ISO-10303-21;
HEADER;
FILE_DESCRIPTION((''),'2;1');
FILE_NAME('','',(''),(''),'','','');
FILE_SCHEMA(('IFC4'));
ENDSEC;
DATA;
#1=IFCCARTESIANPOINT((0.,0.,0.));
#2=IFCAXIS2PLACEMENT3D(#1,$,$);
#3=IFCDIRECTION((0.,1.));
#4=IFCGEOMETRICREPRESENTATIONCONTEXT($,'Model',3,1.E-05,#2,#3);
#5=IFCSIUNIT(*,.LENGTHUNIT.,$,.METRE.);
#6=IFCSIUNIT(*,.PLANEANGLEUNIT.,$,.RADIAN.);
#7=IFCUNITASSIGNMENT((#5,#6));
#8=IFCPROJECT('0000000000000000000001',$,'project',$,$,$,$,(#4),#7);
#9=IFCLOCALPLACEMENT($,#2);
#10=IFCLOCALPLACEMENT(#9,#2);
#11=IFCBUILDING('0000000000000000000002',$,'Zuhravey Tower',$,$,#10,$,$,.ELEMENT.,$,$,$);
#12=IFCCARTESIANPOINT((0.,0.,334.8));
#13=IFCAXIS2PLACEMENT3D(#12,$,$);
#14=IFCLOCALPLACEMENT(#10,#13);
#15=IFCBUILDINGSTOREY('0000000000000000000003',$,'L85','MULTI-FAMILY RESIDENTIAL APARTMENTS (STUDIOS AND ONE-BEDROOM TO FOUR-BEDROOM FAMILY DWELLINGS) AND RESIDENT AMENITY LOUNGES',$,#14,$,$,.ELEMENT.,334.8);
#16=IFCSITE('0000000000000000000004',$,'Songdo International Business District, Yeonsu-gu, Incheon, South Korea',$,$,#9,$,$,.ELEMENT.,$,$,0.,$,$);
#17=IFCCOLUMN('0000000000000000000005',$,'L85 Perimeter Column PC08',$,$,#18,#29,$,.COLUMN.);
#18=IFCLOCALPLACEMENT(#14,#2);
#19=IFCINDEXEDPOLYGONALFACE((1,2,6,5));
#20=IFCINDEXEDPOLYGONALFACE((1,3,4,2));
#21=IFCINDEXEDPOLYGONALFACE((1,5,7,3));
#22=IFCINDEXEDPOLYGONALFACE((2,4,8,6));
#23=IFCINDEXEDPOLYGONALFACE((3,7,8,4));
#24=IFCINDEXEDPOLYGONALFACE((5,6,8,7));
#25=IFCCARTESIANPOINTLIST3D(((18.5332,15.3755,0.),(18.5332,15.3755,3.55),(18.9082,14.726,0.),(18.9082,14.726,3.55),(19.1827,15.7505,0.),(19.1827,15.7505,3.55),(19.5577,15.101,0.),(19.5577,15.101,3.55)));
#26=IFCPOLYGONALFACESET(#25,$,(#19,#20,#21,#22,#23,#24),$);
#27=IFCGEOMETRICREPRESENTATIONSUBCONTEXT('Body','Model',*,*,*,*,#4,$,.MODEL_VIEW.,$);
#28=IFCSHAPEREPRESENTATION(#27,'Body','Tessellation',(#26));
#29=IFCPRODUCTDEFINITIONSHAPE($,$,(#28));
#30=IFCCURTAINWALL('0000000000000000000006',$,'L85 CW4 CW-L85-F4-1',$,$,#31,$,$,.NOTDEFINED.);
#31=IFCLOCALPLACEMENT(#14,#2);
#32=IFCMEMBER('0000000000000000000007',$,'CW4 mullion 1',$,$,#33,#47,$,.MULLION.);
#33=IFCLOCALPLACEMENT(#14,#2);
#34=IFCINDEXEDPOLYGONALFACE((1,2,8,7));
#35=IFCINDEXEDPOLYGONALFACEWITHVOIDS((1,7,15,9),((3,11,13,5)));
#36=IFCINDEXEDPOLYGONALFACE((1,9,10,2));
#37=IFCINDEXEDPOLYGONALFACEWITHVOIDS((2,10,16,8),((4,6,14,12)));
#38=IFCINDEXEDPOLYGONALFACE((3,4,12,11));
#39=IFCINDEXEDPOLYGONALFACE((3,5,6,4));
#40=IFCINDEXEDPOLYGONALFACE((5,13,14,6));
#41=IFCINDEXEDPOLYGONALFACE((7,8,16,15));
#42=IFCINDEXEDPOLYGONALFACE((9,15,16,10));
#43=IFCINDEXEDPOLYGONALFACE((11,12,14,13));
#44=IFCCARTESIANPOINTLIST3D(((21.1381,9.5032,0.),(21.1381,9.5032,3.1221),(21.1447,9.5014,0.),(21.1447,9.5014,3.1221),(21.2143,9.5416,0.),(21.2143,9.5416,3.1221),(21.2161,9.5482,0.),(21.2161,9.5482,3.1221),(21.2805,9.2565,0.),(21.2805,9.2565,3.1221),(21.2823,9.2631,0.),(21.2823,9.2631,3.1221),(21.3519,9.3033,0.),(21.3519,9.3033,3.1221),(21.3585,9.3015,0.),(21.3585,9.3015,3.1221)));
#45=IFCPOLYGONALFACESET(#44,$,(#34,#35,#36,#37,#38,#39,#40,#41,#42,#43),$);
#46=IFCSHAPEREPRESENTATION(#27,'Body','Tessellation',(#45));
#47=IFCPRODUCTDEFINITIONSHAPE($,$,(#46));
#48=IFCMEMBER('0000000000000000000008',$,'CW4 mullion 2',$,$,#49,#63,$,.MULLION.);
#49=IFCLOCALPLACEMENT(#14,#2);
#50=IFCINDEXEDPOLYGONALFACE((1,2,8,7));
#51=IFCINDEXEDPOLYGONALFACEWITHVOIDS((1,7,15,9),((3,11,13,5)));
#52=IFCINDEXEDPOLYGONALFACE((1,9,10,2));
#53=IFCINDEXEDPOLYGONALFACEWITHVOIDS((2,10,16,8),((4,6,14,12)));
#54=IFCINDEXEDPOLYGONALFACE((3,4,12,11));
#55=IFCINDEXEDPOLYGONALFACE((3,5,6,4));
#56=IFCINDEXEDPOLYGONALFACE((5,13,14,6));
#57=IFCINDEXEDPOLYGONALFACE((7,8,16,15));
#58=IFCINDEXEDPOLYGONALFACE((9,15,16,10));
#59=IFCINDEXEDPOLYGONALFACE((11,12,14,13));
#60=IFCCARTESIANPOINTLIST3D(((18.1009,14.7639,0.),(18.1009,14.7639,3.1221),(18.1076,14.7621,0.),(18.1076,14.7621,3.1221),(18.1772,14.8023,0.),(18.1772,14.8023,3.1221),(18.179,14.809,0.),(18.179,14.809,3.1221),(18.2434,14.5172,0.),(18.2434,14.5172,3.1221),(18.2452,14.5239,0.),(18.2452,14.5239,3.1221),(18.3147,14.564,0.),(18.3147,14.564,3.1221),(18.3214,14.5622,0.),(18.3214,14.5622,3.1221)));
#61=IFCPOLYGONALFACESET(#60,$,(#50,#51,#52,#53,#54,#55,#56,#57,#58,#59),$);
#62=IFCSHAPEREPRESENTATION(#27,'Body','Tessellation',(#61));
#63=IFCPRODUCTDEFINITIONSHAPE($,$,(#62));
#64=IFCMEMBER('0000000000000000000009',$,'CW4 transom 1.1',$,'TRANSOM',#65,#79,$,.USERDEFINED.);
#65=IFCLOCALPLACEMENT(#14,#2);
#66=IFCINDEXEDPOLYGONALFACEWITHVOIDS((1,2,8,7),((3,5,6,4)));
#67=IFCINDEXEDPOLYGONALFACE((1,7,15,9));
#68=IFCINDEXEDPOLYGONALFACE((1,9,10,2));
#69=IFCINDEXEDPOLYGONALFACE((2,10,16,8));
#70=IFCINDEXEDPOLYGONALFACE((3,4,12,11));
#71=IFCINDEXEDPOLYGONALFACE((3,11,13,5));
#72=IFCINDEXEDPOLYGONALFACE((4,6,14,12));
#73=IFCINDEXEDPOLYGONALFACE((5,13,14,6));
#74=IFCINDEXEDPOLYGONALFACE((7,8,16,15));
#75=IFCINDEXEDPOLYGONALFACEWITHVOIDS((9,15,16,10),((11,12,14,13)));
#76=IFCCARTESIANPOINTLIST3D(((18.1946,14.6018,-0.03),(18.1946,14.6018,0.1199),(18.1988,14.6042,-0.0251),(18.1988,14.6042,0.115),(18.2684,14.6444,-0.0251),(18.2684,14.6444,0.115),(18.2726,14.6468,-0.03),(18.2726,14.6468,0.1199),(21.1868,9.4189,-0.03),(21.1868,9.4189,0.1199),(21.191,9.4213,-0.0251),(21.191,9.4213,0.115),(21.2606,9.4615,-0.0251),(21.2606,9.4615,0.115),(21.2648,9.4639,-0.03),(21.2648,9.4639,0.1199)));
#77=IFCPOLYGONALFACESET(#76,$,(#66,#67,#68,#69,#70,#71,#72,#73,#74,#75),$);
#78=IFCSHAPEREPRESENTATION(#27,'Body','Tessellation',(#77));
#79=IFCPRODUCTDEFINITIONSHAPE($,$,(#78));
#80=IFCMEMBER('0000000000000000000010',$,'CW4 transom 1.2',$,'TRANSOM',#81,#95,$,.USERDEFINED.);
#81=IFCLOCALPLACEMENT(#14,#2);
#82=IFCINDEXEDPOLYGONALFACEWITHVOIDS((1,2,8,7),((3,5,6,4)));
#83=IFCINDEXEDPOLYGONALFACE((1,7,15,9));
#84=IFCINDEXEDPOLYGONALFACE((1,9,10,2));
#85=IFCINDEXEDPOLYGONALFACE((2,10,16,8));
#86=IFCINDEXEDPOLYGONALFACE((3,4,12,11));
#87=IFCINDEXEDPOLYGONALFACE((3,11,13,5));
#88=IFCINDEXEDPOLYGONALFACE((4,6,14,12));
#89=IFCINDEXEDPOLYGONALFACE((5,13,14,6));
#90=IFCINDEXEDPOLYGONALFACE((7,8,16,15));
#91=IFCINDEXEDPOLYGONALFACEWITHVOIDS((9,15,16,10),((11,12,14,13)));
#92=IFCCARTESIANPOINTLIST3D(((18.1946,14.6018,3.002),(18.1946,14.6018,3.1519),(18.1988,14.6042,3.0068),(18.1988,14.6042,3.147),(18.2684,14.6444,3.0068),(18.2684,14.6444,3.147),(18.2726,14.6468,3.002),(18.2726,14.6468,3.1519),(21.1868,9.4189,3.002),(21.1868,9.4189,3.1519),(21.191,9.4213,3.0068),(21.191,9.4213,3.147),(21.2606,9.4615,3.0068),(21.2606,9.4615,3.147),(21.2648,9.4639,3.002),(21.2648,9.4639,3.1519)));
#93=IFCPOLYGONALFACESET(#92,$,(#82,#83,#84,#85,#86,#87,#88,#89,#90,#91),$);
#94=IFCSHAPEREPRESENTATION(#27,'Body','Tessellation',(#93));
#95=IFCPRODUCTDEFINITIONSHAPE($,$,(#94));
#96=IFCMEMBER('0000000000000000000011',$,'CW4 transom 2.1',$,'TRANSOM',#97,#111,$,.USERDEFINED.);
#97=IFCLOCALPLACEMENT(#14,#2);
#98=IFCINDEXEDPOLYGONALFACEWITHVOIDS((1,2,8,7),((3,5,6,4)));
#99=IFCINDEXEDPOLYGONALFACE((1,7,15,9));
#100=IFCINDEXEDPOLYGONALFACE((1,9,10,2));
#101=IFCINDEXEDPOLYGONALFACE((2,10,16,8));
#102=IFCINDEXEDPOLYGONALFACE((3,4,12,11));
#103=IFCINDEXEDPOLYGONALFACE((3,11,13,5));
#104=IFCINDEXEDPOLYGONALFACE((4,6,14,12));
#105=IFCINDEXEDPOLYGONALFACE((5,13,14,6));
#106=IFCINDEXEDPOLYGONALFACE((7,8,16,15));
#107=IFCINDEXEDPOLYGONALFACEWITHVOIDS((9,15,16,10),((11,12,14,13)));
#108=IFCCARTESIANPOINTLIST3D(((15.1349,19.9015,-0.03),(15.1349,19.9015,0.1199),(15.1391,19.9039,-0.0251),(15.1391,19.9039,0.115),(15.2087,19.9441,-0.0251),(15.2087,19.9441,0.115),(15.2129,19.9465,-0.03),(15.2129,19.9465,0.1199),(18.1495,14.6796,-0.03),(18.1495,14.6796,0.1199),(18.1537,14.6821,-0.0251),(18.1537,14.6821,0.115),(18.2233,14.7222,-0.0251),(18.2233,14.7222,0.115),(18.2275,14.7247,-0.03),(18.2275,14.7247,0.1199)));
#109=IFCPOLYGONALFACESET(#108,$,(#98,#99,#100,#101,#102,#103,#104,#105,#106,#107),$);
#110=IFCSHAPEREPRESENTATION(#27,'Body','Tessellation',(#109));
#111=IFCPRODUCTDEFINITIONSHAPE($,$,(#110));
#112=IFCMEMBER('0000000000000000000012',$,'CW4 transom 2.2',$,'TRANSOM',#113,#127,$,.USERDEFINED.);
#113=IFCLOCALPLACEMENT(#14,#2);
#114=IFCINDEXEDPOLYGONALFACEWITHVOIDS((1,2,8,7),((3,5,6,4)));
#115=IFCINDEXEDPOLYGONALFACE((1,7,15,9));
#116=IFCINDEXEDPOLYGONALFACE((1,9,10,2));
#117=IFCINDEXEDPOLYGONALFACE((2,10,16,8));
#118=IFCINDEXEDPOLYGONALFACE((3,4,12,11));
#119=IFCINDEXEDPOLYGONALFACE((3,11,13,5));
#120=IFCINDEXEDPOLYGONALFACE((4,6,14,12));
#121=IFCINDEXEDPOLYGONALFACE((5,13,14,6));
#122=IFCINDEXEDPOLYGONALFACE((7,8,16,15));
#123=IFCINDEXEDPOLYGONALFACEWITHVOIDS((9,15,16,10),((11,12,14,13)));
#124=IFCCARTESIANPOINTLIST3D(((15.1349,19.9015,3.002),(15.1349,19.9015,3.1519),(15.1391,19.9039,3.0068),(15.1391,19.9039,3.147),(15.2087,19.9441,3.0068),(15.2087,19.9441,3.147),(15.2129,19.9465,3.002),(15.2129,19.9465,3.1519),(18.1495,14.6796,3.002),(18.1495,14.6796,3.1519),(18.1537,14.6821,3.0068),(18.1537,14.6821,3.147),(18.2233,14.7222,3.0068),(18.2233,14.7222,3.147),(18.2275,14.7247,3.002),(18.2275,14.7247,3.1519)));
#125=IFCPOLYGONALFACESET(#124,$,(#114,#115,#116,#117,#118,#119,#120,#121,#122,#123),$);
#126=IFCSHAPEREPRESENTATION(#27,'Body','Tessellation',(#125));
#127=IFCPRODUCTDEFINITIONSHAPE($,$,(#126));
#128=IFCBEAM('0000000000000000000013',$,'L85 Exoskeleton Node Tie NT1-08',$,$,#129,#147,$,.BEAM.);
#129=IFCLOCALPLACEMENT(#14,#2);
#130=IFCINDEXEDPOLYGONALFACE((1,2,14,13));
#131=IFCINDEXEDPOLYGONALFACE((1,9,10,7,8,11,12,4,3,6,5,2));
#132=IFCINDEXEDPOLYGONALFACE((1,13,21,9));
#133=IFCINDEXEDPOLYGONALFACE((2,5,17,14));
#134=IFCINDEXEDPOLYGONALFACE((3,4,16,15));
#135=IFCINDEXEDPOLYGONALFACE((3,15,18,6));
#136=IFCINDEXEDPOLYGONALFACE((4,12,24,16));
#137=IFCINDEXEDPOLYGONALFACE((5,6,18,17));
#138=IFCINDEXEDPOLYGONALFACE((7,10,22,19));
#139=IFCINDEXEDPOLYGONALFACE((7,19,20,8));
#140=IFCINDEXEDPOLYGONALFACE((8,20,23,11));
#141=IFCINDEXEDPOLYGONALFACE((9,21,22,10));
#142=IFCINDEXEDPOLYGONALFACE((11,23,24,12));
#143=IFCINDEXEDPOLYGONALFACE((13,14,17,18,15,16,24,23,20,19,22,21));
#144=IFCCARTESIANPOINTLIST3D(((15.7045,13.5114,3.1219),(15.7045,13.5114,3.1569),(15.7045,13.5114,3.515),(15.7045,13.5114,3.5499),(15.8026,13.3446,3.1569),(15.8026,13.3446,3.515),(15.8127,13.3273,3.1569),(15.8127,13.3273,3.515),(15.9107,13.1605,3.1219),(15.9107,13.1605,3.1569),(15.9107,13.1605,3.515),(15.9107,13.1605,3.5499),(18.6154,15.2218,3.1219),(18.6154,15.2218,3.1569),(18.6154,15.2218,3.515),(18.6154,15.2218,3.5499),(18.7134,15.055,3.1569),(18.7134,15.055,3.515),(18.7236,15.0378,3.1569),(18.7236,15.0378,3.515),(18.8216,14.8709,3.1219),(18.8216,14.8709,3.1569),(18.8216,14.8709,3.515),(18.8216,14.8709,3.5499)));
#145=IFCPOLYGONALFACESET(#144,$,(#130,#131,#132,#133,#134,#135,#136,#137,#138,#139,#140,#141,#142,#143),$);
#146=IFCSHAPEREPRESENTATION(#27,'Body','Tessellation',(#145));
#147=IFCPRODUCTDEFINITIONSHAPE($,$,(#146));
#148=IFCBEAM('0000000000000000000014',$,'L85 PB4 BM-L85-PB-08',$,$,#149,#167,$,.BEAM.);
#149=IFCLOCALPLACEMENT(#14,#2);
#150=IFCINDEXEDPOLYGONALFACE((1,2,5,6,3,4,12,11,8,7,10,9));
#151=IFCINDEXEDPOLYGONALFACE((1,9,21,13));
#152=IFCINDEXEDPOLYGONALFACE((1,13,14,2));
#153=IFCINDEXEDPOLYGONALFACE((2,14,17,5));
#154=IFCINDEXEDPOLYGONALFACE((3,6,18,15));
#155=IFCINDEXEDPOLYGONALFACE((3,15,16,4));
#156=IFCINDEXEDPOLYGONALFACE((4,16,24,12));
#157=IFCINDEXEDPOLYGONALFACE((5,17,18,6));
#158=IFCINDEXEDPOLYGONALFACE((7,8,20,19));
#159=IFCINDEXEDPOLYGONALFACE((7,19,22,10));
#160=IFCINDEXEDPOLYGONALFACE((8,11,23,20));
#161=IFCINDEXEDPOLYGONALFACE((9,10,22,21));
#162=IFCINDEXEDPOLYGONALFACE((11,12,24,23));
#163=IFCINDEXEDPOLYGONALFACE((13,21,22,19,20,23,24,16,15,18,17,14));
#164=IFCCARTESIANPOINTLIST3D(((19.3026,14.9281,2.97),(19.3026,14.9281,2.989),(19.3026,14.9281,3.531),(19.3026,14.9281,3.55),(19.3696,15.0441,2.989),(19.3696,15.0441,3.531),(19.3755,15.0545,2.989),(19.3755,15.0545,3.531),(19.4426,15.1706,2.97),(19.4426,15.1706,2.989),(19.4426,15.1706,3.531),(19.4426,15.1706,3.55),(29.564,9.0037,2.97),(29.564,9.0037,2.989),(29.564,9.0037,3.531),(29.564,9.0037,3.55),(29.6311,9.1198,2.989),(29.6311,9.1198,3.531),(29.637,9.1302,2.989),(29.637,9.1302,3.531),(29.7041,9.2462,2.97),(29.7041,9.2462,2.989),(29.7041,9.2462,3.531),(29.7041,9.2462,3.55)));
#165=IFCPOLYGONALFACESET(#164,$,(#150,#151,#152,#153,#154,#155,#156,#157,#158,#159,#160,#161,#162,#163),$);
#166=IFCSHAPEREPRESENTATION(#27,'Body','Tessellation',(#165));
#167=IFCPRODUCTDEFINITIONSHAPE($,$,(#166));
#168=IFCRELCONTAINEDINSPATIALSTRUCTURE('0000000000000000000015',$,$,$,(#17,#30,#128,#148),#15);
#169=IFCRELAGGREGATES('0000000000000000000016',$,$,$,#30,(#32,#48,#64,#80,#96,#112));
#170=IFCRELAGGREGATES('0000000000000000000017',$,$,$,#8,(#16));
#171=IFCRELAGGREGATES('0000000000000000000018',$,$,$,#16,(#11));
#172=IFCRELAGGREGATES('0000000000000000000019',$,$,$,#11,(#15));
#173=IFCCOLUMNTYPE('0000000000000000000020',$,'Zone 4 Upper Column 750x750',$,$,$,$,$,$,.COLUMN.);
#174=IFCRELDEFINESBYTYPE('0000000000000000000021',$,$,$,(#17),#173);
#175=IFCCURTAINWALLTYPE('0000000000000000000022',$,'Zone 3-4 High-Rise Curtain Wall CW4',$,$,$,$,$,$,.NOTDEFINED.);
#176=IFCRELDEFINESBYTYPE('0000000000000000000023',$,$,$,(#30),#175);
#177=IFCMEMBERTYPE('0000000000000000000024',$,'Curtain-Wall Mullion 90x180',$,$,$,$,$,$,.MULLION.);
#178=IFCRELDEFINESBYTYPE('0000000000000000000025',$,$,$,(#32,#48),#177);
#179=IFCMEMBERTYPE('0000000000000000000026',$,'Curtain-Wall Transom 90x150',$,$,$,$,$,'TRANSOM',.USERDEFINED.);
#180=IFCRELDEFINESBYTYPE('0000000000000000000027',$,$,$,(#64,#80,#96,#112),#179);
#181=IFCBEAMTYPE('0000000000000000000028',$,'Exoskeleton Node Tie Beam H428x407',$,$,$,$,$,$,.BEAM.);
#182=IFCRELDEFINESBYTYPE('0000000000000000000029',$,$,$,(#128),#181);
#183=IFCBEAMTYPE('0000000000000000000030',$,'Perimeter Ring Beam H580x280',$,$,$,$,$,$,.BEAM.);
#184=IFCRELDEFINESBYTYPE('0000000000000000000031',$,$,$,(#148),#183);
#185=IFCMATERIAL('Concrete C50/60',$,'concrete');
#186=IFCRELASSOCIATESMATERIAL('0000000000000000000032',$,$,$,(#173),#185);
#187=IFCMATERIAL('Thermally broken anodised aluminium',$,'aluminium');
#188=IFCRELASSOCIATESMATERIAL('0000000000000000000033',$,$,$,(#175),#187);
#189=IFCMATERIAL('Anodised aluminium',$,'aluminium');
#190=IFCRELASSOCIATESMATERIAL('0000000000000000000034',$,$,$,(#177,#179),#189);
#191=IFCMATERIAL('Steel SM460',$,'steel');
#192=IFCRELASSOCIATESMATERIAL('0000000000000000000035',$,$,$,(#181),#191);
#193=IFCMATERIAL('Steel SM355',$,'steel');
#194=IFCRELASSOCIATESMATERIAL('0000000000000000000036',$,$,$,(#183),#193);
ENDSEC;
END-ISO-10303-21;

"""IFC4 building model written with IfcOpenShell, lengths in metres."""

from ifc_helpers import new_model, si_unit, direction, frame, origin, origin_2d, place, context, subcontext, project, spatial, rectangle, hollow_rectangle, i_section, extrude, material, material_profile, profile_set, type_object, element, aggregate, save


model = new_model("IFC4")

# Units and contexts
model_context = context("Model", 3, precision=1e-05, world=origin(), true_north=direction((0.0, 1.0)))
body_context = subcontext(model_context, "Body", "Model", "MODEL_VIEW")
ifc_project = project(units=[si_unit("LENGTHUNIT", "METRE"), si_unit("PLANEANGLEUNIT", "RADIAN")], contexts=[model_context])

# Site, building, storey
site_placement = place(None, origin())
site = spatial("IfcSite", under=ifc_project, at=site_placement, Name="Songdo International Business District, Yeonsu-gu, Incheon, South Korea", CompositionType="ELEMENT", RefElevation=0.0)
building_placement = place(site_placement, origin())
building = spatial("IfcBuilding", under=site, at=building_placement, Name="Zuhravey Tower", CompositionType="ELEMENT")
storey_placement = place(building_placement, frame((0.0, 0.0, 334.8)))
storey = spatial("IfcBuildingStorey", under=building, at=storey_placement, Name="L85", Description="MULTI-FAMILY RESIDENTIAL APARTMENTS (STUDIOS AND ONE-BEDROOM TO FOUR-BEDROOM FAMILY DWELLINGS) AND RESIDENT AMENITY LOUNGES", CompositionType="ELEMENT", Elevation=334.8)

# Column
ifc_material_1 = material(Name="Concrete C50/60", Category="concrete")
ifc_material_profile_1 = material_profile(ifc_material_1, rectangle(XDim=0.75, YDim=0.75, at=origin_2d()), Name="RC-750x750")
ifc_profile_set_1 = profile_set([ifc_material_profile_1], Name="Concrete C50/60")
column_type = type_object("IfcColumnType", Name="Zone 4 Upper Column 750x750", PredefinedType="COLUMN", material=ifc_profile_set_1)
column_placement = place(storey_placement, frame((19.0454, 15.2383, 0.0), z_axis=(0.0, 0.0, 1.0), x_axis=(0.5, -0.866025, 0.0)))
element("IfcColumn", 1, at=column_placement, inside=storey, type_object=column_type, Name="L85 Perimeter Column PC08", PredefinedType="COLUMN", context=body_context, shape_type="SweptSolid", body=[
    extrude(rectangle(XDim=0.75, YDim=0.75, at=origin_2d()), origin(), (0.0, 0.0, 1.0), 3.55),
])

# Curtain wall, members
ifc_material_2 = material(Name="Thermally broken anodised aluminium", Category="aluminium")
curtain_wall_type = type_object("IfcCurtainWallType", Name="Zone 3-4 High-Rise Curtain Wall CW4", PredefinedType="NOTDEFINED", material=ifc_material_2)
curtain_wall_placement = place(storey_placement, origin())
curtain_wall = element("IfcCurtainWall", 2, at=curtain_wall_placement, inside=storey, type_object=curtain_wall_type, Name="L85 CW4 CW-L85-F4-1", PredefinedType="NOTDEFINED")
ifc_material_3 = material(Name="Anodised aluminium", Category="aluminium")
ifc_material_profile_2 = material_profile(ifc_material_3, hollow_rectangle(XDim=0.0901, YDim=0.2849, WallThickness=0.0049, at=origin_2d()), Name="ALU-RHS-90x285x5")
ifc_profile_set_2 = profile_set([ifc_material_profile_2], Name="Anodised aluminium")
member_type_1 = type_object("IfcMemberType", Name="Curtain-Wall Mullion 90x180", PredefinedType="MULLION", material=ifc_profile_set_2)
member_1_placement = place(storey_placement, frame((21.2483, 9.4023, 0.0), z_axis=(0.0, 0.0, 1.0), x_axis=(-0.866026, -0.5, 0.0)))
member_1 = element("IfcMember", 3, at=member_1_placement, type_object=member_type_1, Name="CW4 mullion 1", PredefinedType="MULLION", context=body_context, shape_type="SweptSolid", body=[
    extrude(hollow_rectangle(XDim=0.0901, YDim=0.2849, WallThickness=0.0049, at=origin_2d()), origin(), (0.0, 0.0, 1.0), 3.1221),
])
member_2_placement = place(storey_placement, frame((18.2112, 14.6631, 0.0), z_axis=(0.0, 0.0, 1.0), x_axis=(-0.866026, -0.5, 0.0)))
member_2 = element("IfcMember", 4, at=member_2_placement, type_object=member_type_1, Name="CW4 mullion 2", PredefinedType="MULLION", context=body_context, shape_type="SweptSolid", body=[
    extrude(hollow_rectangle(XDim=0.0901, YDim=0.2849, WallThickness=0.0049, at=origin_2d()), origin(), (0.0, 0.0, 1.0), 3.1221),
])
ifc_material_profile_3 = material_profile(ifc_material_3, hollow_rectangle(XDim=0.0901, YDim=0.1499, WallThickness=0.0049, at=origin_2d()), Name="ALU-RHS-90x150x5")
ifc_profile_set_3 = profile_set([ifc_material_profile_3], Name="Anodised aluminium")
member_type_2 = type_object("IfcMemberType", Name="Curtain-Wall Transom 90x150", ElementType="TRANSOM", PredefinedType="USERDEFINED", material=ifc_profile_set_3)
member_3_placement = place(storey_placement, frame((21.2258, 9.4414, 0.0449), z_axis=(-0.499983, 0.866035, 0.0), x_axis=(-0.866035, -0.499983, 0.0)))
member_3 = element("IfcMember", 5, at=member_3_placement, type_object=member_type_2, Name="CW4 transom 1.1", ObjectType="TRANSOM", PredefinedType="USERDEFINED", context=body_context, shape_type="SweptSolid", body=[
    extrude(hollow_rectangle(XDim=0.0901, YDim=0.1499, WallThickness=0.0049, at=origin_2d()), origin(), (0.0, 0.0, 1.0), 5.9846),
])
member_4_placement = place(storey_placement, frame((21.2258, 9.4414, 3.0769), z_axis=(-0.499983, 0.866035, 0.0), x_axis=(-0.866035, -0.499983, 0.0)))
member_4 = element("IfcMember", 6, at=member_4_placement, type_object=member_type_2, Name="CW4 transom 1.2", ObjectType="TRANSOM", PredefinedType="USERDEFINED", context=body_context, shape_type="SweptSolid", body=[
    extrude(hollow_rectangle(XDim=0.0901, YDim=0.1499, WallThickness=0.0049, at=origin_2d()), origin(), (0.0, 0.0, 1.0), 5.9846),
])
member_5_placement = place(storey_placement, frame((18.1885, 14.7021, 0.0449), z_axis=(-0.499971, 0.866042, 0.0), x_axis=(-0.866042, -0.499971, 0.0)))
member_5 = element("IfcMember", 7, at=member_5_placement, type_object=member_type_2, Name="CW4 transom 2.1", ObjectType="TRANSOM", PredefinedType="USERDEFINED", context=body_context, shape_type="SweptSolid", body=[
    extrude(hollow_rectangle(XDim=0.0901, YDim=0.1499, WallThickness=0.0049, at=origin_2d()), origin(), (0.0, 0.0, 1.0), 6.0295),
])
member_6_placement = place(storey_placement, frame((18.1885, 14.7021, 3.0769), z_axis=(-0.499971, 0.866042, 0.0), x_axis=(-0.866042, -0.499971, 0.0)))
member_6 = element("IfcMember", 8, at=member_6_placement, type_object=member_type_2, Name="CW4 transom 2.2", ObjectType="TRANSOM", PredefinedType="USERDEFINED", context=body_context, shape_type="SweptSolid", body=[
    extrude(hollow_rectangle(XDim=0.0901, YDim=0.1499, WallThickness=0.0049, at=origin_2d()), origin(), (0.0, 0.0, 1.0), 6.0295),
])

# Beams
ifc_material_4 = material(Name="Steel SM460", Category="steel")
ifc_material_profile_4 = material_profile(ifc_material_4, i_section(OverallWidth=0.407, OverallDepth=0.428, WebThickness=0.02, FlangeThickness=0.0349, at=origin_2d()), Name="H-428x407x20x35")
ifc_profile_set_4 = profile_set([ifc_material_profile_4], Name="Steel SM460")
beam_type_1 = type_object("IfcBeamType", Name="Exoskeleton Node Tie Beam H428x407", PredefinedType="BEAM", material=ifc_profile_set_4)
beam_1_placement = place(storey_placement, frame((18.7185, 15.0464, 3.3359), z_axis=(-0.862172, -0.506616, 0.0), x_axis=(0.506616, -0.862172, 0.0)))
element("IfcBeam", 9, at=beam_1_placement, inside=storey, type_object=beam_type_1, Name="L85 Exoskeleton Node Tie NT1-08", PredefinedType="BEAM", context=body_context, shape_type="SweptSolid", body=[
    extrude(i_section(OverallWidth=0.407, OverallDepth=0.428, WebThickness=0.02, FlangeThickness=0.0349, at=origin_2d()), origin(), (0.0, 0.0, 1.0), 3.3762),
])
ifc_material_5 = material(Name="Steel SM355", Category="steel")
ifc_material_profile_5 = material_profile(ifc_material_5, i_section(OverallWidth=0.28, OverallDepth=0.5801, WebThickness=0.012, FlangeThickness=0.019, at=origin_2d()), Name="H-580x280x12x19")
ifc_profile_set_5 = profile_set([ifc_material_profile_5], Name="Steel SM355")
beam_type_2 = type_object("IfcBeamType", Name="Perimeter Ring Beam H580x280", PredefinedType="BEAM", material=ifc_profile_set_5)
beam_2_placement = place(storey_placement, frame((19.3726, 15.0493, 3.26), z_axis=(0.866031, -0.499991, 0.0), x_axis=(0.499991, 0.866031, 0.0)))
element("IfcBeam", 10, at=beam_2_placement, inside=storey, type_object=beam_type_2, Name="L85 PB4 BM-L85-PB-08", PredefinedType="BEAM", context=body_context, shape_type="SweptSolid", body=[
    extrude(i_section(OverallWidth=0.28, OverallDepth=0.5801, WebThickness=0.012, FlangeThickness=0.019, at=origin_2d()), origin(), (0.0, 0.0, 1.0), 11.8489),
])

aggregate(curtain_wall, [member_1, member_2, member_3, member_4, member_5, member_6])

save(model, "model.ifc")
